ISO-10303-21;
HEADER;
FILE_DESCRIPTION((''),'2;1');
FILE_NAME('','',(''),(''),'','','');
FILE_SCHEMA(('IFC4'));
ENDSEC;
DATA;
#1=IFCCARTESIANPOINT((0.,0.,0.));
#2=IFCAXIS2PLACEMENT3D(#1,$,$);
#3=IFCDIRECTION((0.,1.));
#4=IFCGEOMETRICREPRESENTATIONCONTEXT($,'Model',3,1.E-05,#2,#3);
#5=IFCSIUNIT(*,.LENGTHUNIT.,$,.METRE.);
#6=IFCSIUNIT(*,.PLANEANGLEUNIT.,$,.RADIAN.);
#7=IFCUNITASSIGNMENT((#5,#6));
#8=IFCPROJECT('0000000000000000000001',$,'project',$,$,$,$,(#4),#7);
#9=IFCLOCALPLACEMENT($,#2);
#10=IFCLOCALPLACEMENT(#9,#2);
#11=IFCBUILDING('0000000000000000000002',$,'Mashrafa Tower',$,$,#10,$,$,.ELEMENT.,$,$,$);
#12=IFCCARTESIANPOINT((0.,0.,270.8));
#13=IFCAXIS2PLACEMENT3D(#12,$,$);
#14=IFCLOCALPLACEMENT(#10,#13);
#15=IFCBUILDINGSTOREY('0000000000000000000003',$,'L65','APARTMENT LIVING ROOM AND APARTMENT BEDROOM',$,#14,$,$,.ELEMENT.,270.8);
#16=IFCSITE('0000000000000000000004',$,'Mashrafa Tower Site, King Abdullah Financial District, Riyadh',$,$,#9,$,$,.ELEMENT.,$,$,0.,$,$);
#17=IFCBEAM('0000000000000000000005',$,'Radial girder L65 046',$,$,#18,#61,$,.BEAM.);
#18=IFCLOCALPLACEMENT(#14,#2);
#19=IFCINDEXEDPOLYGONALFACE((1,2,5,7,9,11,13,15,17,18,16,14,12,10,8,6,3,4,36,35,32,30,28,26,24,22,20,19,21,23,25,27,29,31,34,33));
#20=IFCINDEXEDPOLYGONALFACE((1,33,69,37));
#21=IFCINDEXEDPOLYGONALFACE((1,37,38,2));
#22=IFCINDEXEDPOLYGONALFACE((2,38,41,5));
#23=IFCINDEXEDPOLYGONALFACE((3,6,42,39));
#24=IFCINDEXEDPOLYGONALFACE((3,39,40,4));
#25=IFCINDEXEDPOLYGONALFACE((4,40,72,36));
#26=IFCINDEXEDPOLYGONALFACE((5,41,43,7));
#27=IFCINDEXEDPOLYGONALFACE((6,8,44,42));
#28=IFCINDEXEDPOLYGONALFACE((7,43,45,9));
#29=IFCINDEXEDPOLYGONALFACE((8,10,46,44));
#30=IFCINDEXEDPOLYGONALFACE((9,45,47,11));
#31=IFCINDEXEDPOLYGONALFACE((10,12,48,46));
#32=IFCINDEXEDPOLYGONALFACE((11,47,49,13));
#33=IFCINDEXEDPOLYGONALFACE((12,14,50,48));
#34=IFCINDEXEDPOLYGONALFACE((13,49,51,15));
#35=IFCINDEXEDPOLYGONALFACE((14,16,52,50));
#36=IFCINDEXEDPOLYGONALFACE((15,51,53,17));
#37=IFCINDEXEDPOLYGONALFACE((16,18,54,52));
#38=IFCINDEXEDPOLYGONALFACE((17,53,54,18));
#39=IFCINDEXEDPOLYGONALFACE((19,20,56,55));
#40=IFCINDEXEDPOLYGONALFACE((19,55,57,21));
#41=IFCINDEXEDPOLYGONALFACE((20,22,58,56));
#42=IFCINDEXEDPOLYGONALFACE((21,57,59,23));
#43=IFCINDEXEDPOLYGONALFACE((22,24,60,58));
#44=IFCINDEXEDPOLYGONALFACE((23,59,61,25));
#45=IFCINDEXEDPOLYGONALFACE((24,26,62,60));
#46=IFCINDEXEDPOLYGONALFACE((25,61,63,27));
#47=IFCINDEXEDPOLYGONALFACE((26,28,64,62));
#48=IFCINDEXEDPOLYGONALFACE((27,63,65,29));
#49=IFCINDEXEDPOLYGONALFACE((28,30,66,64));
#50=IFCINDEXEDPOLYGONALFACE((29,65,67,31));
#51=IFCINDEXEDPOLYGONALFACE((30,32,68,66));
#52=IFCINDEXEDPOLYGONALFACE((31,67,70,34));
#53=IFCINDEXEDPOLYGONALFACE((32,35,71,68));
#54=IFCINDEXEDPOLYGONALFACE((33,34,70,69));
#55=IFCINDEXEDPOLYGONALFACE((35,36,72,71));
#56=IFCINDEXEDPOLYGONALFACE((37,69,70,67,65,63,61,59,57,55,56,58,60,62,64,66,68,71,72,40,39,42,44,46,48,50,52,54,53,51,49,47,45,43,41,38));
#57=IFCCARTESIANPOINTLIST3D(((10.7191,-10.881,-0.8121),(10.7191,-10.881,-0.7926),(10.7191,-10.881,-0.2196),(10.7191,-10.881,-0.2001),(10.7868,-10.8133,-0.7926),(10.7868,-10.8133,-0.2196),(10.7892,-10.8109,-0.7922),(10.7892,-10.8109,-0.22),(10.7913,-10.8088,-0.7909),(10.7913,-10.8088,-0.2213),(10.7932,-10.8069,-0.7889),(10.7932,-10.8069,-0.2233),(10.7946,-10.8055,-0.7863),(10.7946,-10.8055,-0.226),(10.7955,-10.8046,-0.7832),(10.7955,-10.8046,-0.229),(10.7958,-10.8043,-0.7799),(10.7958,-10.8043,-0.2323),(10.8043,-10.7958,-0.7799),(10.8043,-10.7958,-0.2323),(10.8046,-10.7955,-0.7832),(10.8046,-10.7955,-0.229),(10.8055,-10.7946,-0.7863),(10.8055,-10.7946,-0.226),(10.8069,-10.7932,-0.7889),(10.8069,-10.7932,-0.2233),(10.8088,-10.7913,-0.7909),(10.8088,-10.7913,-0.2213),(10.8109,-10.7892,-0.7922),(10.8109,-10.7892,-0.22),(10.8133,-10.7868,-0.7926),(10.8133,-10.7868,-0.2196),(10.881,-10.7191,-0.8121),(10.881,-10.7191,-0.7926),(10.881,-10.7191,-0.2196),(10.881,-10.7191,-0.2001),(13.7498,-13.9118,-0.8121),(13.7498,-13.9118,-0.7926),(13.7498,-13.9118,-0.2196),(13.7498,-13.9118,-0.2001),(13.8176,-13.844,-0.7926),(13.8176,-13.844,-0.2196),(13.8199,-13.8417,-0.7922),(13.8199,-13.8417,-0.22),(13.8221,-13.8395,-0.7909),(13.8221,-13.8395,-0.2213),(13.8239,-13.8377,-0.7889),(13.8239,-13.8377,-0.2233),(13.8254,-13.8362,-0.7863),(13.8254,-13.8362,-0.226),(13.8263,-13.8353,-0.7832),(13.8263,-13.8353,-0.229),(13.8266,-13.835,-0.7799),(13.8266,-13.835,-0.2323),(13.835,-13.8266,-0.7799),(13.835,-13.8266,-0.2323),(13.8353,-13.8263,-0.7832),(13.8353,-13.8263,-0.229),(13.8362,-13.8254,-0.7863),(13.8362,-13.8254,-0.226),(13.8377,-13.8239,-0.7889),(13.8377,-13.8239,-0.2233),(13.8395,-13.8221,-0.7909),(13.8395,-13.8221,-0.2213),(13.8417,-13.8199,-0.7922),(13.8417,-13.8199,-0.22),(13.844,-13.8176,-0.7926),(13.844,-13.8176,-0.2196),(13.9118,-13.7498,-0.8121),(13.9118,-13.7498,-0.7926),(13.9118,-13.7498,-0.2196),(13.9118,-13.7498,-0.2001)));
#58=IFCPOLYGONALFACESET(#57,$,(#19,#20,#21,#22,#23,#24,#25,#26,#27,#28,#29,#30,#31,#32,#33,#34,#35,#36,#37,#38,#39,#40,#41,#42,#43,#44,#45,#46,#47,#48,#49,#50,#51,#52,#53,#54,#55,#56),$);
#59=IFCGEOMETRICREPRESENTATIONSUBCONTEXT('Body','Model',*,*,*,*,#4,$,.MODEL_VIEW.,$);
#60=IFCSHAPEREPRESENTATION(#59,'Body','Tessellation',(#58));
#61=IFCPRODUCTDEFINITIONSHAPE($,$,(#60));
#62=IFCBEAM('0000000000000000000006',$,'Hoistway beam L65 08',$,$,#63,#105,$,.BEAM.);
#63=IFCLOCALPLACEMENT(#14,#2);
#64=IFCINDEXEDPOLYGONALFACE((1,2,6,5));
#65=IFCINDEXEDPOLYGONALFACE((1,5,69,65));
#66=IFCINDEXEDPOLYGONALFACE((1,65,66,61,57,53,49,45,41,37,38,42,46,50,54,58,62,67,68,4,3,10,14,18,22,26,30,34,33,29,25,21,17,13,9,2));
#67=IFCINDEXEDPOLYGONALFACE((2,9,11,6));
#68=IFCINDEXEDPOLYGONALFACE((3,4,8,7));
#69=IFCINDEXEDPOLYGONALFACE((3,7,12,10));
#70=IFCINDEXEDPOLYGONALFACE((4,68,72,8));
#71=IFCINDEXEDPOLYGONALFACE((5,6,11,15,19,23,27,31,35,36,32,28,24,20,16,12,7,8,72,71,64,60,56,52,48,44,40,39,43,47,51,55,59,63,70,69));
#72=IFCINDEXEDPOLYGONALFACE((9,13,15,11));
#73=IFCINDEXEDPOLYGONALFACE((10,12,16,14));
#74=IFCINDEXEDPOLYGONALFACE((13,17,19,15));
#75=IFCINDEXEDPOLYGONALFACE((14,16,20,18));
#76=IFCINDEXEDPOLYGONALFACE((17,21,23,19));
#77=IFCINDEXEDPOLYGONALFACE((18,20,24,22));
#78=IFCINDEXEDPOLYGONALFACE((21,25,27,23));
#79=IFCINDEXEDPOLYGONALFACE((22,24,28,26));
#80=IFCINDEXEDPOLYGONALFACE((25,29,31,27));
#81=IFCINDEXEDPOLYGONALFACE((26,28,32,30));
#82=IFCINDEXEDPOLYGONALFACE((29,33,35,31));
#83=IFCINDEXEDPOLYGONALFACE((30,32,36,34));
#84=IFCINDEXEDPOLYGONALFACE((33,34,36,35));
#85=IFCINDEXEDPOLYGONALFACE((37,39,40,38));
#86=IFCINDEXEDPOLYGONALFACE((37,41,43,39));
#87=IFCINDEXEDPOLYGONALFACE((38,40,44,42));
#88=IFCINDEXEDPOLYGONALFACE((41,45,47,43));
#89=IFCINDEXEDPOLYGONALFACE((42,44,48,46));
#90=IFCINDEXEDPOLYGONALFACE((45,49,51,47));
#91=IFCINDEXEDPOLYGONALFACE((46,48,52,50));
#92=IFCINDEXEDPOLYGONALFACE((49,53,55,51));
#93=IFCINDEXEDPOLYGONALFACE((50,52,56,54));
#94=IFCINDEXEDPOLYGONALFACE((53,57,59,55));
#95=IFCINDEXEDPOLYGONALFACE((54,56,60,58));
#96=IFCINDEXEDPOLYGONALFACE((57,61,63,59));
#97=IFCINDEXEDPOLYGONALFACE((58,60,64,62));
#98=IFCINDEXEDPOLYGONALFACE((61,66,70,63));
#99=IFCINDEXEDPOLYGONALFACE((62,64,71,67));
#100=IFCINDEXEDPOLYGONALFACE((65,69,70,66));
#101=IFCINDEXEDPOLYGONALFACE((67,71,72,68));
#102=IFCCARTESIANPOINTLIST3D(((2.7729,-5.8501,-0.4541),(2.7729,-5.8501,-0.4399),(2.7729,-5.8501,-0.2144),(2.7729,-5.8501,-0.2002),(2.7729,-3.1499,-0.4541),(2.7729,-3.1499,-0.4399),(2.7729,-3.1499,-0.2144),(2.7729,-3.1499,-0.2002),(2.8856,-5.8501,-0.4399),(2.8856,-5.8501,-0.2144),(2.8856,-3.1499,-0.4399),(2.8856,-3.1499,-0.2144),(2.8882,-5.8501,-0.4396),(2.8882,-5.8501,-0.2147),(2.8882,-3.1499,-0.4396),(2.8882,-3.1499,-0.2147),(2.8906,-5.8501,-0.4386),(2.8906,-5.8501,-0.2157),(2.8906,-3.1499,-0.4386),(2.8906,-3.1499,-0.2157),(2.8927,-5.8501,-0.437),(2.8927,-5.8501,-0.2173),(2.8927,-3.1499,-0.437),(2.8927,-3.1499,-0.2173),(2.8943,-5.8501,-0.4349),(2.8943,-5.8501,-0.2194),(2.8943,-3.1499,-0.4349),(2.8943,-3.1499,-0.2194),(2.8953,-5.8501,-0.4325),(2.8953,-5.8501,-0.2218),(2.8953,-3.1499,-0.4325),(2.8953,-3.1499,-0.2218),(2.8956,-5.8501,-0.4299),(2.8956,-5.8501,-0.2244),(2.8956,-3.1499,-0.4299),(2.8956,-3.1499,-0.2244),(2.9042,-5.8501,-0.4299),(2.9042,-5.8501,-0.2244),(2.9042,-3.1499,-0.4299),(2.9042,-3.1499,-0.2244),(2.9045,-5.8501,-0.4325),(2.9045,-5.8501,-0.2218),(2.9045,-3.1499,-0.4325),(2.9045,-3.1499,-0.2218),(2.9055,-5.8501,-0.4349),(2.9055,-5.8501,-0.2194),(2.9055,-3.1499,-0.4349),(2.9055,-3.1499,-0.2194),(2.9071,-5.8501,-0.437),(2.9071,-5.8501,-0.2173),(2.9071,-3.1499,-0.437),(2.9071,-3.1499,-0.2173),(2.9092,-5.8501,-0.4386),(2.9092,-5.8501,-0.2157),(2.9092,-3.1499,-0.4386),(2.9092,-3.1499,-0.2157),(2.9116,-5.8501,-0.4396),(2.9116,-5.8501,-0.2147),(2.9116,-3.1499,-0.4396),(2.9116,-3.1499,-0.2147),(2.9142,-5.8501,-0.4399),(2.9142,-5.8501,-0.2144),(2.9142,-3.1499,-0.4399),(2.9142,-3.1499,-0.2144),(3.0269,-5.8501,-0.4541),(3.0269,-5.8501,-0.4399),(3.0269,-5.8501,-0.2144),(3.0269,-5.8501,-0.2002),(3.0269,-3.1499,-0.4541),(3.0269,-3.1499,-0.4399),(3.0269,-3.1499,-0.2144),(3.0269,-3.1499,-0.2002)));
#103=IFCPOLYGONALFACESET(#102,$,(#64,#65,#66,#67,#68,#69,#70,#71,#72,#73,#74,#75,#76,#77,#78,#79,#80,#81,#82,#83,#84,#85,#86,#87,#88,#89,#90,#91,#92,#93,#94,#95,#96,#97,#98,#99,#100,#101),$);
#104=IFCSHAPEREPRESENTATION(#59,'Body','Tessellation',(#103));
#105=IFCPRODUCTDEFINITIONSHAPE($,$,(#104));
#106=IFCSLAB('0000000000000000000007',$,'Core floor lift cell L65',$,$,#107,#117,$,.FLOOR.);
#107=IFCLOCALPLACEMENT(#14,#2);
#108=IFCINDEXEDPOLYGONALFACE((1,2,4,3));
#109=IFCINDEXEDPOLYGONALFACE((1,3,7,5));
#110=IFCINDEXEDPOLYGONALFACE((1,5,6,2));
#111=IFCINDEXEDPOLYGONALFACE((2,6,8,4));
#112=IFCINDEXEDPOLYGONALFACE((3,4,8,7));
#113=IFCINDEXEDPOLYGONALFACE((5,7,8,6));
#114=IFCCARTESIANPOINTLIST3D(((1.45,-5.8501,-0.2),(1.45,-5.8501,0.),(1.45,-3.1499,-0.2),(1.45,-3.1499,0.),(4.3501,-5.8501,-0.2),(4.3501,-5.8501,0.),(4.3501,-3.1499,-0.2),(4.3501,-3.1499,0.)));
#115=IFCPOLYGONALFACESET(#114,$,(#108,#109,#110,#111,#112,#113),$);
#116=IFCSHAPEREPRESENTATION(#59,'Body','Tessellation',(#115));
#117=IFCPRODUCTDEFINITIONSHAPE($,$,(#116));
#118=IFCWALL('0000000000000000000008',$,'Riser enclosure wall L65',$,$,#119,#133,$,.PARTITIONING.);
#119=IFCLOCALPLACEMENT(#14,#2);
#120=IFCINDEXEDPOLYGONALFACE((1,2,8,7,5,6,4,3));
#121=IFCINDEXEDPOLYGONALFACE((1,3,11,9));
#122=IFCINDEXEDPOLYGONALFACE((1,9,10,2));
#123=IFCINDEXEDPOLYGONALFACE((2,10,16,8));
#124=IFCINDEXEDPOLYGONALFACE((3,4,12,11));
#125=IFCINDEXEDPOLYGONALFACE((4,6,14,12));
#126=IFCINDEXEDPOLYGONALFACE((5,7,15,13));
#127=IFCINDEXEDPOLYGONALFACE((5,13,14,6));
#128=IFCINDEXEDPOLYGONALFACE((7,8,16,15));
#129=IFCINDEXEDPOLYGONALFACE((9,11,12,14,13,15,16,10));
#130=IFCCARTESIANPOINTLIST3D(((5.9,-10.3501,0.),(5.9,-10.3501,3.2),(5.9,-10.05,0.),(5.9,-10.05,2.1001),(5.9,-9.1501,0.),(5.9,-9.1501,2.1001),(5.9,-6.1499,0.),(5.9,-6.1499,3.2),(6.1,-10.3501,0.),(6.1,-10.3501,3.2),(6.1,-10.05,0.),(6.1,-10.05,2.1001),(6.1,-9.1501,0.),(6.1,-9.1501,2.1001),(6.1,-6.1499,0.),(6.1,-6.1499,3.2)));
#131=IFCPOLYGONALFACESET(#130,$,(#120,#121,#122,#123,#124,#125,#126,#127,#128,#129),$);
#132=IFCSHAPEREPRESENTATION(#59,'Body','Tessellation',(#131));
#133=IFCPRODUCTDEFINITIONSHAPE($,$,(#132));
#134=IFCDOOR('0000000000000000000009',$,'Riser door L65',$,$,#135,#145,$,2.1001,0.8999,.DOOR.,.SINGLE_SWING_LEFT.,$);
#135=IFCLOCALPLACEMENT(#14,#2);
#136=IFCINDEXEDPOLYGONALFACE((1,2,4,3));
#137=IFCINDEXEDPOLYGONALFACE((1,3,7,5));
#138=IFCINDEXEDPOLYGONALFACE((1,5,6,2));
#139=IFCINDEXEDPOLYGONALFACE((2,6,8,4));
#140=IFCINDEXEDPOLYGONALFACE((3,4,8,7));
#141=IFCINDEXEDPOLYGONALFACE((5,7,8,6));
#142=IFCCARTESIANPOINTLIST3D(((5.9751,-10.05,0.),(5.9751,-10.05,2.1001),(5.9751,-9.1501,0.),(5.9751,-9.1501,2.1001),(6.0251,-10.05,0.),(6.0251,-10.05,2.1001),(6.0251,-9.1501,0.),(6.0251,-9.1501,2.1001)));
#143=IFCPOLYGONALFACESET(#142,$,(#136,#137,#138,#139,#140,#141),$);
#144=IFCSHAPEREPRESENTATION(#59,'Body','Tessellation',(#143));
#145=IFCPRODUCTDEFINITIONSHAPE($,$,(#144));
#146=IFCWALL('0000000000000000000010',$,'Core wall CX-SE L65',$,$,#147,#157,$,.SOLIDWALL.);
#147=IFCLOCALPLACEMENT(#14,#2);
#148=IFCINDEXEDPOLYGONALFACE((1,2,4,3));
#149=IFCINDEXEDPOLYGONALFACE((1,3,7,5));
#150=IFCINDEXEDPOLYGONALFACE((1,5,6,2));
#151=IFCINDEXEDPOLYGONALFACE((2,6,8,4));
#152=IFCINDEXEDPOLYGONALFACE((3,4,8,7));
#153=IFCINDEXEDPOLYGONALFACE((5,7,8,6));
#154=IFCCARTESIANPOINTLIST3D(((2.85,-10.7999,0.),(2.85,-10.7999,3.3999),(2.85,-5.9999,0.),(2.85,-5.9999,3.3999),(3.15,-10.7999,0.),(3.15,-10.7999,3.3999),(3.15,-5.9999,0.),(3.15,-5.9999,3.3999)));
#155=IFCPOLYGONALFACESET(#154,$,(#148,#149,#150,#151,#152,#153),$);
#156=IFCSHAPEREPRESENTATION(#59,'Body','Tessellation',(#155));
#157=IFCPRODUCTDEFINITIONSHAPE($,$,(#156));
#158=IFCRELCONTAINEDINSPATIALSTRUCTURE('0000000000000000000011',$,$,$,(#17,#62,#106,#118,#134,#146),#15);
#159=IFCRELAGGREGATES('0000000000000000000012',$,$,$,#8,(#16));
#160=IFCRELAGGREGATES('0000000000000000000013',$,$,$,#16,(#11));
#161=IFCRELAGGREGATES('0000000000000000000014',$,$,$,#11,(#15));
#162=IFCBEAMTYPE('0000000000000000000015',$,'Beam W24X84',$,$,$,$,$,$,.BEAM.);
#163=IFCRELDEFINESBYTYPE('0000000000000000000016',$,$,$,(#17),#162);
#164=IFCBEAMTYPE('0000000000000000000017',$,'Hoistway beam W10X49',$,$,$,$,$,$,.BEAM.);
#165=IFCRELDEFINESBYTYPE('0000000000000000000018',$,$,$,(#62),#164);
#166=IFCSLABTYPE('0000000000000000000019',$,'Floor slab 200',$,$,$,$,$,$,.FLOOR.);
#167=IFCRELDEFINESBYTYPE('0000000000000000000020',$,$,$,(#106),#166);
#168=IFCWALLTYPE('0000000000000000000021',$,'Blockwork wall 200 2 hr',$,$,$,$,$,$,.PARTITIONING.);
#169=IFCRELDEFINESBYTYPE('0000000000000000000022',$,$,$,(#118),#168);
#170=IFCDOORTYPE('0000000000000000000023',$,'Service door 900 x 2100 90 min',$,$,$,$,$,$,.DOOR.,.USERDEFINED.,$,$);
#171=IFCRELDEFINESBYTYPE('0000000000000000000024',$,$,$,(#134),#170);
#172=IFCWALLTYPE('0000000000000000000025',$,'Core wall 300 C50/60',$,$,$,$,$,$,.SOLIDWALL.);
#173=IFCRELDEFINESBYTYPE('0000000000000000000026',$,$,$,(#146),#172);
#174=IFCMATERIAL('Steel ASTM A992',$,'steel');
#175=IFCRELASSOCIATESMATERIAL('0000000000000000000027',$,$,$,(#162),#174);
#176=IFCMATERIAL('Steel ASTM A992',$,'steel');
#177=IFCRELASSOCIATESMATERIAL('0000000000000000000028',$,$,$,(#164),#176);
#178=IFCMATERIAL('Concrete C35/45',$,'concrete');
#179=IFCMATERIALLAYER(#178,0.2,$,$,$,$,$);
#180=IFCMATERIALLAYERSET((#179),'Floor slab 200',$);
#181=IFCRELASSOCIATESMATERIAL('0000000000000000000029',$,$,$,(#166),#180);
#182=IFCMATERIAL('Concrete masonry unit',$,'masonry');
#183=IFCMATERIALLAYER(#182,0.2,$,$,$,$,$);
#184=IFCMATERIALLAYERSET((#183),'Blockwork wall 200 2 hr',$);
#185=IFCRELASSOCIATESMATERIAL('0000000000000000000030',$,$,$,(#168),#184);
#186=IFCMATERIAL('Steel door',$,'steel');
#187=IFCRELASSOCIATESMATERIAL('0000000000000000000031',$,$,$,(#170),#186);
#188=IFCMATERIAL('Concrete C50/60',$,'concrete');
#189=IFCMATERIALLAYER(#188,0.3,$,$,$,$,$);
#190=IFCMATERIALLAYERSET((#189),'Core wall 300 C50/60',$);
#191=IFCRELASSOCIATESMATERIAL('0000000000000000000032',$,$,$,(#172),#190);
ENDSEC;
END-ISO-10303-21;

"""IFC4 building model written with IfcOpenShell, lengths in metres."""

from ifc_helpers import new_model, si_unit, direction, frame, frame_2d, origin, origin_2d, place, context, subcontext, project, spatial, polyline, rectangle, i_section, outline, extrude, material, layer, layer_set, material_profile, profile_set, type_object, element, fill, save


model = new_model("IFC4")

# Units and contexts
model_context = context("Model", 3, precision=1e-05, world=origin(), true_north=direction((0.0, 1.0)))
body_context = subcontext(model_context, "Body", "Model", "MODEL_VIEW")
ifc_project = project(units=[si_unit("LENGTHUNIT", "METRE"), si_unit("PLANEANGLEUNIT", "RADIAN")], contexts=[model_context])

# Site, building, storey
site_placement = place(None, origin())
site = spatial("IfcSite", under=ifc_project, at=site_placement, Name="Mashrafa Tower Site, King Abdullah Financial District, Riyadh", CompositionType="ELEMENT", RefElevation=0.0)
building_placement = place(site_placement, origin())
building = spatial("IfcBuilding", under=site, at=building_placement, Name="Mashrafa Tower", CompositionType="ELEMENT")
storey_placement = place(building_placement, frame((0.0, 0.0, 270.8)))
storey = spatial("IfcBuildingStorey", under=building, at=storey_placement, Name="L65", Description="APARTMENT LIVING ROOM AND APARTMENT BEDROOM", CompositionType="ELEMENT", Elevation=270.8)

# Beams
ifc_material_1 = material(Name="Steel ASTM A992", Category="steel")
ifc_material_profile_1 = material_profile(ifc_material_1, i_section(OverallWidth=0.229, OverallDepth=0.6121, WebThickness=0.012, FlangeThickness=0.0195, FilletRadius=0.0127, at=origin_2d()), Name="W24X84")
ifc_profile_set_1 = profile_set([ifc_material_profile_1], Name="Steel ASTM A992")
beam_type_1 = type_object("IfcBeamType", Name="Beam W24X84", PredefinedType="BEAM", material=ifc_profile_set_1)
beam_1_placement = place(storey_placement, frame((10.8, -10.8, -0.5061), z_axis=(0.707107, -0.707107, 0.0), x_axis=(0.707107, 0.707107, 0.0)))
element("IfcBeam", 1, at=beam_1_placement, inside=storey, type_object=beam_type_1, Name="Radial girder L65 046", PredefinedType="BEAM", context=body_context, shape_type="SweptSolid", body=[
    extrude(i_section(OverallWidth=0.229, OverallDepth=0.6121, WebThickness=0.012, FlangeThickness=0.0195, FilletRadius=0.0127, at=origin_2d()), origin(), (0.0, 0.0, 1.0), 4.2861),
])
ifc_material_2 = material(Name="Steel ASTM A992", Category="steel")
ifc_material_profile_2 = material_profile(ifc_material_2, i_section(OverallWidth=0.2539, OverallDepth=0.2539, WebThickness=0.0085, FlangeThickness=0.0142, FilletRadius=0.01, at=origin_2d()), Name="W10X49")
ifc_profile_set_2 = profile_set([ifc_material_profile_2], Name="Steel ASTM A992")
beam_type_2 = type_object("IfcBeamType", Name="Hoistway beam W10X49", PredefinedType="BEAM", material=ifc_profile_set_2)
beam_2_placement = place(storey_placement, frame((2.8999, -5.8501, -0.3271), z_axis=(0.0, 1.0, 0.0), x_axis=(-1.0, 0.0, 0.0)))
element("IfcBeam", 2, at=beam_2_placement, inside=storey, type_object=beam_type_2, Name="Hoistway beam L65 08", PredefinedType="BEAM", context=body_context, shape_type="SweptSolid", body=[
    extrude(i_section(OverallWidth=0.2539, OverallDepth=0.2539, WebThickness=0.0085, FlangeThickness=0.0142, FilletRadius=0.01, at=origin_2d()), origin(), (0.0, 0.0, 1.0), 2.7002),
])

# Slab
ifc_material_3 = material(Name="Concrete C35/45", Category="concrete")
ifc_layer_1 = layer(ifc_material_3, 0.2)
ifc_layer_set_1 = layer_set([ifc_layer_1], Name="Floor slab 200")
slab_type = type_object("IfcSlabType", Name="Floor slab 200", PredefinedType="FLOOR", material=ifc_layer_set_1)
slab_placement = place(storey_placement, frame((0.0, 0.0, -0.2)))
element("IfcSlab", 3, at=slab_placement, inside=storey, type_object=slab_type, Name="Core floor lift cell L65", PredefinedType="FLOOR", context=body_context, shape_type="SweptSolid", body=[
    extrude(outline(polyline([(4.3501, -3.1499), (4.3501, -5.8501), (1.45, -5.8501), (1.45, -3.1499), (4.3501, -3.1499)])), origin(), (0.0, 0.0, 1.0), 0.2),
])

# Wall, opening, door
ifc_material_4 = material(Name="Concrete masonry unit", Category="masonry")
ifc_layer_2 = layer(ifc_material_4, 0.2)
ifc_layer_set_2 = layer_set([ifc_layer_2], Name="Blockwork wall 200 2 hr")
wall_type_1 = type_object("IfcWallType", Name="Blockwork wall 200 2 hr", PredefinedType="PARTITIONING", material=ifc_layer_set_2)
wall_1_placement = place(storey_placement, frame((6.0, -10.3501, 0.0), z_axis=(0.0, 0.0, 1.0), x_axis=(0.0, 1.0, 0.0)))
wall_1 = element("IfcWall", 4, at=wall_1_placement, inside=storey, type_object=wall_type_1, Name="Riser enclosure wall L65", PredefinedType="PARTITIONING", context=body_context, shape_type="SweptSolid", body=[
    extrude(rectangle(XDim=4.2002, YDim=0.2, at=frame_2d((2.1001, 0.0))), origin(), (0.0, 0.0, 1.0), 3.2),
])
opening_1_placement = place(wall_1_placement, frame((0.3, 0.0, 0.0)))
opening_1 = element("IfcOpeningElement", 5, at=opening_1_placement, cuts=wall_1, PredefinedType="OPENING", context=body_context, shape_type="SweptSolid", body=[
    extrude(rectangle(XDim=0.8999, YDim=2.1001, at=frame_2d((0.45, 1.05))), frame((0.0, 0.1099, 0.0), z_axis=(0.0, -1.0, 0.0), x_axis=(1.0, 0.0, 0.0)), (0.0, 0.0, 1.0), 0.22),
])
ifc_material_5 = material(Name="Steel door", Category="steel")
door_type_1 = type_object("IfcDoorType", Name="Service door 900 x 2100 90 min", OperationType="USERDEFINED", PredefinedType="DOOR", material=ifc_material_5)
door_1_placement = place(opening_1_placement, origin())
door_1 = element("IfcDoor", 6, at=door_1_placement, inside=storey, type_object=door_type_1, Name="Riser door L65", OperationType="SINGLE_SWING_LEFT", OverallHeight=2.1001, OverallWidth=0.8999, PredefinedType="DOOR", context=body_context, shape_type="SweptSolid", body=[
    extrude(rectangle(XDim=0.8999, YDim=2.1001, at=frame_2d((0.45, 1.05))), frame((0.0, 0.0249, 0.0), z_axis=(0.0, -1.0, 0.0), x_axis=(1.0, 0.0, 0.0)), (0.0, 0.0, 1.0), 0.05),
])
fill(opening_1, door_1)

# Wall
ifc_material_6 = material(Name="Concrete C50/60", Category="concrete")
ifc_layer_3 = layer(ifc_material_6, 0.3)
ifc_layer_set_3 = layer_set([ifc_layer_3], Name="Core wall 300 C50/60")
wall_type_2 = type_object("IfcWallType", Name="Core wall 300 C50/60", PredefinedType="SOLIDWALL", material=ifc_layer_set_3)
wall_2_placement = place(storey_placement, frame((3.0, -6.0, 0.0), z_axis=(0.0, 0.0, 1.0), x_axis=(0.0, -1.0, 0.0)))
element("IfcWall", 7, at=wall_2_placement, inside=storey, type_object=wall_type_2, Name="Core wall CX-SE L65", PredefinedType="SOLIDWALL", context=body_context, shape_type="SweptSolid", body=[
    extrude(rectangle(XDim=4.8, YDim=0.3, at=frame_2d((2.3999, 0.0))), origin(), (0.0, 0.0, 1.0), 3.3999),
])

save(model, "model.ifc")
